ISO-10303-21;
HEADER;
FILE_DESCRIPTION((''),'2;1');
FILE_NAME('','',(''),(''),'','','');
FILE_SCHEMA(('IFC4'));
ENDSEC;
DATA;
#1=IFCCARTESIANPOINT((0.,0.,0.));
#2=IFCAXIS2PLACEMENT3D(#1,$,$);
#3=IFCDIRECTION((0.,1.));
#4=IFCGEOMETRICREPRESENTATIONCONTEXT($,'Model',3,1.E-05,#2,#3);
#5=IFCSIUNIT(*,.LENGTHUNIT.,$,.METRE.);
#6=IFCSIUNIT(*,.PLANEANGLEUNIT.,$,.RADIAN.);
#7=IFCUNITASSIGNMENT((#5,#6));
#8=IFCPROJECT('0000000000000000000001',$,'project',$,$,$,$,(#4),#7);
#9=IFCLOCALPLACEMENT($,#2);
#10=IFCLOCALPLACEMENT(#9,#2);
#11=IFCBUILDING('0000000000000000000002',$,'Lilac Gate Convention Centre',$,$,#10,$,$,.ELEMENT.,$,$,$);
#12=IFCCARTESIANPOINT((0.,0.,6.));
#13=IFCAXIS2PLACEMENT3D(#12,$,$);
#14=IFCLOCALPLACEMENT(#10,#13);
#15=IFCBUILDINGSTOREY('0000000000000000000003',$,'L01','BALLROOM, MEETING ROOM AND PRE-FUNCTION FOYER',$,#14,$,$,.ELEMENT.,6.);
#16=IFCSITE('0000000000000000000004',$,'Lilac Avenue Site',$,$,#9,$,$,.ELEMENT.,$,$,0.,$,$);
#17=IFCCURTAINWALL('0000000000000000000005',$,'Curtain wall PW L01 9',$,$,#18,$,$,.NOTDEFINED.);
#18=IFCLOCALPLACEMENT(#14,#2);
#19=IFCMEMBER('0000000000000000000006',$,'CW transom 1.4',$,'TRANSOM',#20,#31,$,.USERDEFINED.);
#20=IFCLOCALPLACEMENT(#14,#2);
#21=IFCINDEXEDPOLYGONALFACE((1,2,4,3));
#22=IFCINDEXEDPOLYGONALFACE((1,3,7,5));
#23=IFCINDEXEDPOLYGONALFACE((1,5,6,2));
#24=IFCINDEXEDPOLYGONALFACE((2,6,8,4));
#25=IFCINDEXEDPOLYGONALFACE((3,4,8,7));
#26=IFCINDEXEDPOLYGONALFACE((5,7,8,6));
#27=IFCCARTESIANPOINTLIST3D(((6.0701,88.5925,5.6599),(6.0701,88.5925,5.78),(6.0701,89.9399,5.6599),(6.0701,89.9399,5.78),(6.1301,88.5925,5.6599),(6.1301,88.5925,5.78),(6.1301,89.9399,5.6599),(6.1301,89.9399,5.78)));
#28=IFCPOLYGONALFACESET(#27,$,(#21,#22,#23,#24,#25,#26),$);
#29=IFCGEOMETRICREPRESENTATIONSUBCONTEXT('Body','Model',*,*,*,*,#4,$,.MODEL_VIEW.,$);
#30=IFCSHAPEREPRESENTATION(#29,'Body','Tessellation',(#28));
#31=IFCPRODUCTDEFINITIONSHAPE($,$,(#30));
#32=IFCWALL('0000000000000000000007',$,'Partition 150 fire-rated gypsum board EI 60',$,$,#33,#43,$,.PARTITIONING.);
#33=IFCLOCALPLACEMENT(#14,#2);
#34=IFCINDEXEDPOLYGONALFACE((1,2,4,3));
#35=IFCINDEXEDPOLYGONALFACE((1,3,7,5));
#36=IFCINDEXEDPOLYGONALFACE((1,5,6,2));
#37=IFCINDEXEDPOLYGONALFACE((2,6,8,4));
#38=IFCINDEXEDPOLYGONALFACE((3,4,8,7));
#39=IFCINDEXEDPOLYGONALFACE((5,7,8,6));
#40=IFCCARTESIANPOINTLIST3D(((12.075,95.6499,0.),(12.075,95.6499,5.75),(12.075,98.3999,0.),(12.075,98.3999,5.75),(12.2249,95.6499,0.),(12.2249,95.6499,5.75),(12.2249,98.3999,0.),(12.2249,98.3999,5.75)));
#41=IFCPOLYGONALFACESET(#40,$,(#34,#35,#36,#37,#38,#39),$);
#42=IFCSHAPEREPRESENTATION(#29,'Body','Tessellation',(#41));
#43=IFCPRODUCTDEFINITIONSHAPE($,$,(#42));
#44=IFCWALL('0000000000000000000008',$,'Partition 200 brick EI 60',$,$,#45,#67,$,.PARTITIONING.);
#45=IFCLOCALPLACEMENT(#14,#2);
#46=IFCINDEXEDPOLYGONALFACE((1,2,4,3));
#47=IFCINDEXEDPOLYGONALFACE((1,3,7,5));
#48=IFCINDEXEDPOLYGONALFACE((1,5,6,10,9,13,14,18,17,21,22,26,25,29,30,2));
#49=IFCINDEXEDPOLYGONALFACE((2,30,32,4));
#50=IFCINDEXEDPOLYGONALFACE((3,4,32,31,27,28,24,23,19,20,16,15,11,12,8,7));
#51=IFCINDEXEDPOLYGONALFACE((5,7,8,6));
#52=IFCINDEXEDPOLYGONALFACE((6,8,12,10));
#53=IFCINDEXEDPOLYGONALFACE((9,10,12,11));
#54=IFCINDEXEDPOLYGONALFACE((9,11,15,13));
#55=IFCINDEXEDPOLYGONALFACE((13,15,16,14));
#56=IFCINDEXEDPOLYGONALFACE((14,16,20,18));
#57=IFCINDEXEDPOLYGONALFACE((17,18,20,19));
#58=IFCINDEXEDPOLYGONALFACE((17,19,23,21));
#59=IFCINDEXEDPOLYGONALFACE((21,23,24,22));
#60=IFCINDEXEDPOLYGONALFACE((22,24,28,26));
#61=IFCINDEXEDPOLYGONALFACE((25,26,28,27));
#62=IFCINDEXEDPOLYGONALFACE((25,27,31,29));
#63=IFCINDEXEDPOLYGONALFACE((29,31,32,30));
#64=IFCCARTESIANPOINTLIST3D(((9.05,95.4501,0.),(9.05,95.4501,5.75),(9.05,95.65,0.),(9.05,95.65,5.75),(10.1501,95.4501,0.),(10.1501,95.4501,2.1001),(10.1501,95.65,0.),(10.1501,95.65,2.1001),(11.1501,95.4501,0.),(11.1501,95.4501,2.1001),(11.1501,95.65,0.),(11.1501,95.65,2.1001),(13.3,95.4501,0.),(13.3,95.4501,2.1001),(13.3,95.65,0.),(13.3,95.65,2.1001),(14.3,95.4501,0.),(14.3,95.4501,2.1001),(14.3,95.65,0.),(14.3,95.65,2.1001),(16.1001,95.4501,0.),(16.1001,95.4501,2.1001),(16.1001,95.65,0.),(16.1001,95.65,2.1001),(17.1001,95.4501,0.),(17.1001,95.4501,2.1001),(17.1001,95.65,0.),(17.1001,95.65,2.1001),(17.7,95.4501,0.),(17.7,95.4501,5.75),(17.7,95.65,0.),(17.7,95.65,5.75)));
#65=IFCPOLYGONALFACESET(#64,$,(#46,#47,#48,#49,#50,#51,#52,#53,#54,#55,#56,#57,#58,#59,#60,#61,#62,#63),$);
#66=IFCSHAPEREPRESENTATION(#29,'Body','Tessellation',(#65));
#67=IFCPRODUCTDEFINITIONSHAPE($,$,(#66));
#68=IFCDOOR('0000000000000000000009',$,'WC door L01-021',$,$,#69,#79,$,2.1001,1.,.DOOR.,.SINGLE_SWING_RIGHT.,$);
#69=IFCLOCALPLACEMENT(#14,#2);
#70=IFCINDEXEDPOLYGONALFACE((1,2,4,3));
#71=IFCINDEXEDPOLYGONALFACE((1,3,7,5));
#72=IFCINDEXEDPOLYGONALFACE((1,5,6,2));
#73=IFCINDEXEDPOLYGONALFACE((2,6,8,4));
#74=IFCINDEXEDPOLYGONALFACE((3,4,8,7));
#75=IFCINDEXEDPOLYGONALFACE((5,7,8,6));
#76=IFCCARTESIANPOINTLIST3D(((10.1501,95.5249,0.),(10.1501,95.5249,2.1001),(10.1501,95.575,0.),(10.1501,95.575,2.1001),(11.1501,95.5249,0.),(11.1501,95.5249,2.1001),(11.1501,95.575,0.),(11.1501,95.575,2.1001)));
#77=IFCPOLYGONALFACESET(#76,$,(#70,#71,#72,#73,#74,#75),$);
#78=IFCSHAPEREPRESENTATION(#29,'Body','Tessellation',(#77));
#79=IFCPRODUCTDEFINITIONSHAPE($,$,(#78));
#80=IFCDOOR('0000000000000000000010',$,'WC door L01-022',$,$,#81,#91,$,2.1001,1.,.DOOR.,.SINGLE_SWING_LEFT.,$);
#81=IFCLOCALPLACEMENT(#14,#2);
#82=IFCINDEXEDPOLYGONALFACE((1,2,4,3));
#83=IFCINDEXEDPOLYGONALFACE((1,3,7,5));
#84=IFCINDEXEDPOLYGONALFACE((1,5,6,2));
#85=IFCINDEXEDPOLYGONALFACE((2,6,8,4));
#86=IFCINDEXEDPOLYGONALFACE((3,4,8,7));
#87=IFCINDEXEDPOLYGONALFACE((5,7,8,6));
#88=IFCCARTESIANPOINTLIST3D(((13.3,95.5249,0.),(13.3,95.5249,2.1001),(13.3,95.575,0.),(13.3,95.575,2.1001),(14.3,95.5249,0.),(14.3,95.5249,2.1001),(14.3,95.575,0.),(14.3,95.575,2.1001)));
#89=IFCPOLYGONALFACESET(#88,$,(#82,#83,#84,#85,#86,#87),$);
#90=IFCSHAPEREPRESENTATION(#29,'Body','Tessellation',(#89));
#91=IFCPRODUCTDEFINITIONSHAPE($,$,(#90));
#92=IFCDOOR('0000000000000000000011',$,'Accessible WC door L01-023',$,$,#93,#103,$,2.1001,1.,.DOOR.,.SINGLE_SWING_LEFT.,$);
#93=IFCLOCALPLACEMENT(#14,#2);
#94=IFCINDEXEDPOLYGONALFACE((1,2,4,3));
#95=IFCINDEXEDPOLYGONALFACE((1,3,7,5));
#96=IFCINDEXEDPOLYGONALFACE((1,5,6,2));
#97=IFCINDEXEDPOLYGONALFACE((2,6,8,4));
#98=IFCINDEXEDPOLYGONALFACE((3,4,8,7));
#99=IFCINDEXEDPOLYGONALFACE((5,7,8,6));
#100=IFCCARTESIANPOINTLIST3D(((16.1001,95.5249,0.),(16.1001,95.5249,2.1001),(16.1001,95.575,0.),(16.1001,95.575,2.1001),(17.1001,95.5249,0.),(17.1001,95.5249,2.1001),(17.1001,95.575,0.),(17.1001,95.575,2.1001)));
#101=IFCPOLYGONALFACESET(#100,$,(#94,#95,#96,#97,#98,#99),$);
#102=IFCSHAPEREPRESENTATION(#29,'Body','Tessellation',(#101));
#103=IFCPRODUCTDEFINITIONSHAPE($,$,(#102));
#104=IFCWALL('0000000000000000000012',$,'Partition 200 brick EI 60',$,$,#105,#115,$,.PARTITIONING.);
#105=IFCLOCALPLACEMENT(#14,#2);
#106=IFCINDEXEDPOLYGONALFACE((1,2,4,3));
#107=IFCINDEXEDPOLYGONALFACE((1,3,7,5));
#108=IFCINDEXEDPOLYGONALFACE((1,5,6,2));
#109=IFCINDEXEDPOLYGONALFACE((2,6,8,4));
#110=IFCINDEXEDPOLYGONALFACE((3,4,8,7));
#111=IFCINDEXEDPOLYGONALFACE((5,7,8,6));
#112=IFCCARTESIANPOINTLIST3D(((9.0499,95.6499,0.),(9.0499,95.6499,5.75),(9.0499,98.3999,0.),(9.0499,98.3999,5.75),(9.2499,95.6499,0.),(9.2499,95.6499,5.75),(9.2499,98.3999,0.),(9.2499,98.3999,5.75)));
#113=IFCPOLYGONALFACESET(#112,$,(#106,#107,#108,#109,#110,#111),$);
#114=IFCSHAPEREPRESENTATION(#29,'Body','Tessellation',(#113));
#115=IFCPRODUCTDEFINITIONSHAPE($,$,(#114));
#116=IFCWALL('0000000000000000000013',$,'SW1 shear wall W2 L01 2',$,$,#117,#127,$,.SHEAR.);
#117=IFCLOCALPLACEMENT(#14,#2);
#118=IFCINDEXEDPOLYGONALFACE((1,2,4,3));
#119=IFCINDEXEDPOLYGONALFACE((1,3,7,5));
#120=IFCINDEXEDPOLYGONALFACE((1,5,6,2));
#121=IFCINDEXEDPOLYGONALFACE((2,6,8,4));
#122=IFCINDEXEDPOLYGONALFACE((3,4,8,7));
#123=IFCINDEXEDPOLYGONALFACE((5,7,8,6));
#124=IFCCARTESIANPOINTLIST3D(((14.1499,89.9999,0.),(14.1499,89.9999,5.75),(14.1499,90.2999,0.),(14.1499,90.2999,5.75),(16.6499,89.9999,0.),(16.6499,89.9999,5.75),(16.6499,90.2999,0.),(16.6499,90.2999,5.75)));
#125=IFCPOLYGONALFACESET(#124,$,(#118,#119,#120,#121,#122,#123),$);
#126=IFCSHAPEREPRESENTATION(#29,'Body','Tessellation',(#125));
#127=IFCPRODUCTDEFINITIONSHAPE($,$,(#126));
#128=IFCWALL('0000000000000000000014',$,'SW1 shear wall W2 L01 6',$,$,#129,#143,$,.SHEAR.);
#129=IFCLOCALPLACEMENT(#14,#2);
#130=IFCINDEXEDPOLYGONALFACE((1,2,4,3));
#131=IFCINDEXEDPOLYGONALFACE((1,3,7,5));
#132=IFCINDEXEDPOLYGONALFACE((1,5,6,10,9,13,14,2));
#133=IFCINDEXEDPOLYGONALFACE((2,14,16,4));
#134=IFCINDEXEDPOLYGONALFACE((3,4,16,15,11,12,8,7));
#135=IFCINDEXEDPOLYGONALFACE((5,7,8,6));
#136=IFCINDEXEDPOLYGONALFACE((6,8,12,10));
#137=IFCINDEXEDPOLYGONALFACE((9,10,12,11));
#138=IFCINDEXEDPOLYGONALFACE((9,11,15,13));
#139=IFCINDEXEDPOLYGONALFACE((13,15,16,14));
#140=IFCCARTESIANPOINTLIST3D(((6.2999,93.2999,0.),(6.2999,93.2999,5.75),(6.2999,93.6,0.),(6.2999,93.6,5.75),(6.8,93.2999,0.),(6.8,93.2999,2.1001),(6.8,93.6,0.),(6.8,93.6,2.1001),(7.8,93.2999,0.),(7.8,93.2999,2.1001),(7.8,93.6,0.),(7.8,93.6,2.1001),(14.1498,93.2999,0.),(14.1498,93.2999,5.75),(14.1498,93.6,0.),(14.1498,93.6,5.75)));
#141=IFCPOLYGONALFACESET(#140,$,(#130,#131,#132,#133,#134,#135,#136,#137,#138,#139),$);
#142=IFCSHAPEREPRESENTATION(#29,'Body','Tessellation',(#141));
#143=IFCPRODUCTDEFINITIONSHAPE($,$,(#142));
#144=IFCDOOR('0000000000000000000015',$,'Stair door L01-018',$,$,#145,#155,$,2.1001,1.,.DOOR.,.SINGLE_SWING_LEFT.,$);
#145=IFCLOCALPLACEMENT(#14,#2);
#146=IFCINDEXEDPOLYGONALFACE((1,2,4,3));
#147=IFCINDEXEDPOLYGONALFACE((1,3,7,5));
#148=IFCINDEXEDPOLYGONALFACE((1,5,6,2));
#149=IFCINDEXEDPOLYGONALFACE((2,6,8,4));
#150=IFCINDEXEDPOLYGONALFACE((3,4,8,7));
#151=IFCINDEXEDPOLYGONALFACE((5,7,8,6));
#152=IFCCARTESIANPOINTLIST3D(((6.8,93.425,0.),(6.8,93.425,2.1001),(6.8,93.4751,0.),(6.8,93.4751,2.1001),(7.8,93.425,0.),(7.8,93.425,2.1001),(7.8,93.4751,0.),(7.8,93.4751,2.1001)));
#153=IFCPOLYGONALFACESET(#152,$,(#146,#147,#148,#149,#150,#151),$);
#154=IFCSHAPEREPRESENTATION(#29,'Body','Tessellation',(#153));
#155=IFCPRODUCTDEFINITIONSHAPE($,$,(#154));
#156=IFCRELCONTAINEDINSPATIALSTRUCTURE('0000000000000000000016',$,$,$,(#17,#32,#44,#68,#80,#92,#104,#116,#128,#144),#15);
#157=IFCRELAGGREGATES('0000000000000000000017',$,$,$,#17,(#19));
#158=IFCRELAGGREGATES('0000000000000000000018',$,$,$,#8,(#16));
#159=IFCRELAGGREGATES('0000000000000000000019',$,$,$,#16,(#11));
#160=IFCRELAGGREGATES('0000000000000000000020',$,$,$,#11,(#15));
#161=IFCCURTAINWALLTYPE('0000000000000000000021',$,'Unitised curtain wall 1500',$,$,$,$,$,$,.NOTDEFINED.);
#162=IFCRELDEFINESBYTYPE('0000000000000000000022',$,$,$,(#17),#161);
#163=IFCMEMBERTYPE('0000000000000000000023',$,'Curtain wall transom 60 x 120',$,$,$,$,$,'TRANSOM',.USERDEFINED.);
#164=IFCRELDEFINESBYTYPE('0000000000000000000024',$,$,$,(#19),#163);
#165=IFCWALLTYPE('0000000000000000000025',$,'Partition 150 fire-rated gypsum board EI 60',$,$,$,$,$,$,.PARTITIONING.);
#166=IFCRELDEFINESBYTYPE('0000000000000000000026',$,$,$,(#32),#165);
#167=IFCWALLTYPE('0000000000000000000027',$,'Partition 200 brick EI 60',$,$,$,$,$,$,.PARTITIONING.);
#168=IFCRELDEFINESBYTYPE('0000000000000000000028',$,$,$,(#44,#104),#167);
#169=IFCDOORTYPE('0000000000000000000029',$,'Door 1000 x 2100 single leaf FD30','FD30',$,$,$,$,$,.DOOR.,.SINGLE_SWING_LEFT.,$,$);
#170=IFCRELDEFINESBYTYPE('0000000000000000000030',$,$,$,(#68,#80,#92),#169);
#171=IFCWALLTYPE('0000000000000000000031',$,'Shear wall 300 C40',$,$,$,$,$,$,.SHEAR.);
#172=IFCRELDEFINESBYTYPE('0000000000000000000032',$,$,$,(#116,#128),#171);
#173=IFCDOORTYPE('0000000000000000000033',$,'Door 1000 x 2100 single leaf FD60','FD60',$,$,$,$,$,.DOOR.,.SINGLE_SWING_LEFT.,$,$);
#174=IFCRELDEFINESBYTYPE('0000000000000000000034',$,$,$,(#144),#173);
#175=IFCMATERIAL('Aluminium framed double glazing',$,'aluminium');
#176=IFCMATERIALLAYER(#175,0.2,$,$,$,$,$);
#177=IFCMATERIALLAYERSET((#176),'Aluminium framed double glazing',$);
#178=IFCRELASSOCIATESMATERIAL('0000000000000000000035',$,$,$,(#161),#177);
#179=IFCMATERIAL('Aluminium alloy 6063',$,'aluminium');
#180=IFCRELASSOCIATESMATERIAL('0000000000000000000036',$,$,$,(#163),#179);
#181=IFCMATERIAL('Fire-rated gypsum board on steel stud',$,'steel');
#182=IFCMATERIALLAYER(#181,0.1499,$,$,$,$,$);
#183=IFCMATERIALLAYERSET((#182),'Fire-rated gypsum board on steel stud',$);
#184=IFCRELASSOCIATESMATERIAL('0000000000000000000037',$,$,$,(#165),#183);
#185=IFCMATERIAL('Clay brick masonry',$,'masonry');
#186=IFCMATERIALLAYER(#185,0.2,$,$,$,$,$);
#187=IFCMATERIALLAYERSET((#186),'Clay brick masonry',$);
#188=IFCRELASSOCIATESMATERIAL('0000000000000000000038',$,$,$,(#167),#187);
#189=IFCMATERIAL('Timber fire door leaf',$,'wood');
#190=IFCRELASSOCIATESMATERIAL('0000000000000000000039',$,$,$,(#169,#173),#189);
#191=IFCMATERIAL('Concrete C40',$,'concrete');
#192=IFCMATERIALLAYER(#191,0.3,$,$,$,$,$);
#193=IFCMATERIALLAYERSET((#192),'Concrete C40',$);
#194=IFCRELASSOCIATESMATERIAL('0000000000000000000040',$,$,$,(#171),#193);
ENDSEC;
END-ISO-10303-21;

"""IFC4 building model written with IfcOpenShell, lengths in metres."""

from ifc_helpers import new_model, si_unit, direction, frame, frame_2d, origin, origin_2d, place, context, subcontext, project, spatial, rectangle, extrude, material, layer, layer_set, material_profile, profile_set, type_object, element, fill, aggregate, save


model = new_model("IFC4")

# Units and contexts
model_context = context("Model", 3, precision=1e-05, world=origin(), true_north=direction((0.0, 1.0)))
body_context = subcontext(model_context, "Body", "Model", "MODEL_VIEW")
ifc_project = project(units=[si_unit("LENGTHUNIT", "METRE"), si_unit("PLANEANGLEUNIT", "RADIAN")], contexts=[model_context])

# Site, building, storey
site_placement = place(None, origin())
site = spatial("IfcSite", under=ifc_project, at=site_placement, Name="Lilac Avenue Site", CompositionType="ELEMENT", RefElevation=0.0)
building_placement = place(site_placement, origin())
building = spatial("IfcBuilding", under=site, at=building_placement, Name="Lilac Gate Convention Centre", CompositionType="ELEMENT")
storey_placement = place(building_placement, frame((0.0, 0.0, 6.0)))
storey = spatial("IfcBuildingStorey", under=building, at=storey_placement, Name="L01", Description="BALLROOM, MEETING ROOM AND PRE-FUNCTION FOYER", CompositionType="ELEMENT", Elevation=6.0)

# Curtain wall, member
ifc_material_1 = material(Name="Aluminium framed double glazing", Category="aluminium")
ifc_layer_1 = layer(ifc_material_1, 0.2)
ifc_layer_set_1 = layer_set([ifc_layer_1], Name="Aluminium framed double glazing")
curtain_wall_type = type_object("IfcCurtainWallType", Name="Unitised curtain wall 1500", PredefinedType="NOTDEFINED", material=ifc_layer_set_1)
curtain_wall_placement = place(storey_placement, origin())
curtain_wall = element("IfcCurtainWall", 1, at=curtain_wall_placement, inside=storey, type_object=curtain_wall_type, Name="Curtain wall PW L01 9", PredefinedType="NOTDEFINED")
ifc_material_2 = material(Name="Aluminium alloy 6063", Category="aluminium")
ifc_material_profile = material_profile(ifc_material_2, rectangle(XDim=0.0601, YDim=0.1201, at=origin_2d()), Name="Curtain wall transom 60 x 120")
ifc_profile_set = profile_set([ifc_material_profile], Name="Aluminium alloy 6063")
member_type = type_object("IfcMemberType", Name="Curtain wall transom 60 x 120", ElementType="TRANSOM", PredefinedType="USERDEFINED", material=ifc_profile_set)
member_placement = place(storey_placement, frame((6.1001, 89.9399, 5.72), z_axis=(0.0, -1.0, 0.0), x_axis=(1.0, 0.0, 0.0)))
member = element("IfcMember", 2, at=member_placement, type_object=member_type, Name="CW transom 1.4", ObjectType="TRANSOM", PredefinedType="USERDEFINED", context=body_context, shape_type="SweptSolid", body=[
    extrude(rectangle(XDim=0.0601, YDim=0.1201, at=origin_2d()), origin(), (0.0, 0.0, 1.0), 1.3474),
])
aggregate(curtain_wall, [member])

# Wall
ifc_material_3 = material(Name="Fire-rated gypsum board on steel stud", Category="steel")
ifc_layer_2 = layer(ifc_material_3, 0.1499)
ifc_layer_set_2 = layer_set([ifc_layer_2], Name="Fire-rated gypsum board on steel stud")
wall_type_1 = type_object("IfcWallType", Name="Partition 150 fire-rated gypsum board EI 60", PredefinedType="PARTITIONING", material=ifc_layer_set_2)
wall_1_placement = place(storey_placement, frame((12.1499, 95.6499, 0.0), z_axis=(0.0, 0.0, 1.0), x_axis=(0.0, 1.0, 0.0)))
element("IfcWall", 3, at=wall_1_placement, inside=storey, type_object=wall_type_1, Name="Partition 150 fire-rated gypsum board EI 60", PredefinedType="PARTITIONING", context=body_context, shape_type="SweptSolid", body=[
    extrude(rectangle(XDim=2.75, YDim=0.1499, at=frame_2d((1.375, 0.0))), origin(), (0.0, 0.0, 1.0), 5.75),
])

# Wall, openings, doors
ifc_material_4 = material(Name="Clay brick masonry", Category="masonry")
ifc_layer_3 = layer(ifc_material_4, 0.2)
ifc_layer_set_3 = layer_set([ifc_layer_3], Name="Clay brick masonry")
wall_type_2 = type_object("IfcWallType", Name="Partition 200 brick EI 60", PredefinedType="PARTITIONING", material=ifc_layer_set_3)
wall_2_placement = place(storey_placement, frame((9.05, 95.55, 0.0), z_axis=(0.0, 0.0, 1.0), x_axis=(1.0, 0.0, 0.0)))
wall_2 = element("IfcWall", 4, at=wall_2_placement, inside=storey, type_object=wall_type_2, Name="Partition 200 brick EI 60", PredefinedType="PARTITIONING", context=body_context, shape_type="SweptSolid", body=[
    extrude(rectangle(XDim=8.6499, YDim=0.2, at=frame_2d((4.325, 0.0))), origin(), (0.0, 0.0, 1.0), 5.75),
])
opening_1_placement = place(wall_2_placement, frame((1.1001, 0.0, 0.0)))
opening_1 = element("IfcOpeningElement", 5, at=opening_1_placement, cuts=wall_2, PredefinedType="OPENING", context=body_context, shape_type="SweptSolid", body=[
    extrude(rectangle(XDim=1.0, YDim=2.1001, at=frame_2d((0.5, 1.05))), frame((0.0, 0.1099, 0.0), z_axis=(0.0, -1.0, 0.0), x_axis=(1.0, 0.0, 0.0)), (0.0, 0.0, 1.0), 0.22),
])
opening_2_placement = place(wall_2_placement, frame((4.25, 0.0, 0.0)))
opening_2 = element("IfcOpeningElement", 6, at=opening_2_placement, cuts=wall_2, PredefinedType="OPENING", context=body_context, shape_type="SweptSolid", body=[
    extrude(rectangle(XDim=1.0, YDim=2.1001, at=frame_2d((0.5, 1.05))), frame((0.0, 0.1099, 0.0), z_axis=(0.0, -1.0, 0.0), x_axis=(1.0, 0.0, 0.0)), (0.0, 0.0, 1.0), 0.22),
])
opening_3_placement = place(wall_2_placement, frame((7.05, 0.0, 0.0)))
opening_3 = element("IfcOpeningElement", 7, at=opening_3_placement, cuts=wall_2, PredefinedType="OPENING", context=body_context, shape_type="SweptSolid", body=[
    extrude(rectangle(XDim=1.0, YDim=2.1001, at=frame_2d((0.5, 1.05))), frame((0.0, 0.1099, 0.0), z_axis=(0.0, -1.0, 0.0), x_axis=(1.0, 0.0, 0.0)), (0.0, 0.0, 1.0), 0.22),
])
ifc_material_5 = material(Name="Timber fire door leaf", Category="wood")
door_type_1 = type_object("IfcDoorType", Name="Door 1000 x 2100 single leaf FD30", Description="FD30", OperationType="SINGLE_SWING_LEFT", PredefinedType="DOOR", material=ifc_material_5)
door_1_placement = place(opening_1_placement, origin())
door_1 = element("IfcDoor", 8, at=door_1_placement, inside=storey, type_object=door_type_1, Name="WC door L01-021", OperationType="SINGLE_SWING_RIGHT", OverallHeight=2.1001, OverallWidth=1.0, PredefinedType="DOOR", context=body_context, shape_type="SweptSolid", body=[
    extrude(rectangle(XDim=1.0, YDim=2.1001, at=frame_2d((0.5, 1.05))), frame((0.0, 0.0249, 0.0), z_axis=(0.0, -1.0, 0.0), x_axis=(1.0, 0.0, 0.0)), (0.0, 0.0, 1.0), 0.05),
])
fill(opening_1, door_1)
door_2_placement = place(opening_2_placement, origin())
door_2 = element("IfcDoor", 9, at=door_2_placement, inside=storey, type_object=door_type_1, Name="WC door L01-022", OperationType="SINGLE_SWING_LEFT", OverallHeight=2.1001, OverallWidth=1.0, PredefinedType="DOOR", context=body_context, shape_type="SweptSolid", body=[
    extrude(rectangle(XDim=1.0, YDim=2.1001, at=frame_2d((0.5, 1.05))), frame((0.0, 0.0249, 0.0), z_axis=(0.0, -1.0, 0.0), x_axis=(1.0, 0.0, 0.0)), (0.0, 0.0, 1.0), 0.05),
])
fill(opening_2, door_2)
door_3_placement = place(opening_3_placement, origin())
door_3 = element("IfcDoor", 10, at=door_3_placement, inside=storey, type_object=door_type_1, Name="Accessible WC door L01-023", OperationType="SINGLE_SWING_LEFT", OverallHeight=2.1001, OverallWidth=1.0, PredefinedType="DOOR", context=body_context, shape_type="SweptSolid", body=[
    extrude(rectangle(XDim=1.0, YDim=2.1001, at=frame_2d((0.5, 1.05))), frame((0.0, 0.0249, 0.0), z_axis=(0.0, -1.0, 0.0), x_axis=(1.0, 0.0, 0.0)), (0.0, 0.0, 1.0), 0.05),
])
fill(opening_3, door_3)

# Walls
wall_3_placement = place(storey_placement, frame((9.1499, 95.6499, 0.0), z_axis=(0.0, 0.0, 1.0), x_axis=(0.0, 1.0, 0.0)))
element("IfcWall", 11, at=wall_3_placement, inside=storey, type_object=wall_type_2, Name="Partition 200 brick EI 60", PredefinedType="PARTITIONING", context=body_context, shape_type="SweptSolid", body=[
    extrude(rectangle(XDim=2.75, YDim=0.2, at=frame_2d((1.375, 0.0))), origin(), (0.0, 0.0, 1.0), 5.75),
])
ifc_material_6 = material(Name="Concrete C40", Category="concrete")
ifc_layer_4 = layer(ifc_material_6, 0.3)
ifc_layer_set_4 = layer_set([ifc_layer_4], Name="Concrete C40")
wall_type_3 = type_object("IfcWallType", Name="Shear wall 300 C40", PredefinedType="SHEAR", material=ifc_layer_set_4)
wall_4_placement = place(storey_placement, frame((14.1499, 90.1499, 0.0), z_axis=(0.0, 0.0, 1.0), x_axis=(1.0, 0.0, 0.0)))
element("IfcWall", 12, at=wall_4_placement, inside=storey, type_object=wall_type_3, Name="SW1 shear wall W2 L01 2", PredefinedType="SHEAR", context=body_context, shape_type="SweptSolid", body=[
    extrude(rectangle(XDim=2.5, YDim=0.3, at=frame_2d((1.25, 0.0))), origin(), (0.0, 0.0, 1.0), 5.75),
])

# Wall, opening, door
wall_5_placement = place(storey_placement, frame((6.3, 93.45, 0.0), z_axis=(0.0, 0.0, 1.0), x_axis=(1.0, 0.0, 0.0)))
wall_5 = element("IfcWall", 13, at=wall_5_placement, inside=storey, type_object=wall_type_3, Name="SW1 shear wall W2 L01 6", PredefinedType="SHEAR", context=body_context, shape_type="SweptSolid", body=[
    extrude(rectangle(XDim=7.8499, YDim=0.3, at=frame_2d((3.9248, 0.0))), origin(), (0.0, 0.0, 1.0), 5.75),
])
opening_4_placement = place(wall_5_placement, frame((0.5, 0.0, 0.0)))
opening_4 = element("IfcOpeningElement", 14, at=opening_4_placement, cuts=wall_5, PredefinedType="OPENING", context=body_context, shape_type="SweptSolid", body=[
    extrude(rectangle(XDim=1.0, YDim=2.1001, at=frame_2d((0.5, 1.05))), frame((0.0, 0.1599, 0.0), z_axis=(0.0, -1.0, 0.0), x_axis=(1.0, 0.0, 0.0)), (0.0, 0.0, 1.0), 0.3201),
])
door_type_2 = type_object("IfcDoorType", Name="Door 1000 x 2100 single leaf FD60", Description="FD60", OperationType="SINGLE_SWING_LEFT", PredefinedType="DOOR", material=ifc_material_5)
door_4_placement = place(opening_4_placement, frame((1.0, 0.0, 0.0), z_axis=(0.0, 0.0, 1.0), x_axis=(-1.0, 0.0, 0.0)))
door_4 = element("IfcDoor", 15, at=door_4_placement, inside=storey, type_object=door_type_2, Name="Stair door L01-018", OperationType="SINGLE_SWING_LEFT", OverallHeight=2.1001, OverallWidth=1.0, PredefinedType="DOOR", context=body_context, shape_type="SweptSolid", body=[
    extrude(rectangle(XDim=1.0, YDim=2.1001, at=frame_2d((0.5, 1.05))), frame((0.0, 0.0249, 0.0), z_axis=(0.0, -1.0, 0.0), x_axis=(1.0, 0.0, 0.0)), (0.0, 0.0, 1.0), 0.05),
])
fill(opening_4, door_4)

save(model, "model.ifc")
